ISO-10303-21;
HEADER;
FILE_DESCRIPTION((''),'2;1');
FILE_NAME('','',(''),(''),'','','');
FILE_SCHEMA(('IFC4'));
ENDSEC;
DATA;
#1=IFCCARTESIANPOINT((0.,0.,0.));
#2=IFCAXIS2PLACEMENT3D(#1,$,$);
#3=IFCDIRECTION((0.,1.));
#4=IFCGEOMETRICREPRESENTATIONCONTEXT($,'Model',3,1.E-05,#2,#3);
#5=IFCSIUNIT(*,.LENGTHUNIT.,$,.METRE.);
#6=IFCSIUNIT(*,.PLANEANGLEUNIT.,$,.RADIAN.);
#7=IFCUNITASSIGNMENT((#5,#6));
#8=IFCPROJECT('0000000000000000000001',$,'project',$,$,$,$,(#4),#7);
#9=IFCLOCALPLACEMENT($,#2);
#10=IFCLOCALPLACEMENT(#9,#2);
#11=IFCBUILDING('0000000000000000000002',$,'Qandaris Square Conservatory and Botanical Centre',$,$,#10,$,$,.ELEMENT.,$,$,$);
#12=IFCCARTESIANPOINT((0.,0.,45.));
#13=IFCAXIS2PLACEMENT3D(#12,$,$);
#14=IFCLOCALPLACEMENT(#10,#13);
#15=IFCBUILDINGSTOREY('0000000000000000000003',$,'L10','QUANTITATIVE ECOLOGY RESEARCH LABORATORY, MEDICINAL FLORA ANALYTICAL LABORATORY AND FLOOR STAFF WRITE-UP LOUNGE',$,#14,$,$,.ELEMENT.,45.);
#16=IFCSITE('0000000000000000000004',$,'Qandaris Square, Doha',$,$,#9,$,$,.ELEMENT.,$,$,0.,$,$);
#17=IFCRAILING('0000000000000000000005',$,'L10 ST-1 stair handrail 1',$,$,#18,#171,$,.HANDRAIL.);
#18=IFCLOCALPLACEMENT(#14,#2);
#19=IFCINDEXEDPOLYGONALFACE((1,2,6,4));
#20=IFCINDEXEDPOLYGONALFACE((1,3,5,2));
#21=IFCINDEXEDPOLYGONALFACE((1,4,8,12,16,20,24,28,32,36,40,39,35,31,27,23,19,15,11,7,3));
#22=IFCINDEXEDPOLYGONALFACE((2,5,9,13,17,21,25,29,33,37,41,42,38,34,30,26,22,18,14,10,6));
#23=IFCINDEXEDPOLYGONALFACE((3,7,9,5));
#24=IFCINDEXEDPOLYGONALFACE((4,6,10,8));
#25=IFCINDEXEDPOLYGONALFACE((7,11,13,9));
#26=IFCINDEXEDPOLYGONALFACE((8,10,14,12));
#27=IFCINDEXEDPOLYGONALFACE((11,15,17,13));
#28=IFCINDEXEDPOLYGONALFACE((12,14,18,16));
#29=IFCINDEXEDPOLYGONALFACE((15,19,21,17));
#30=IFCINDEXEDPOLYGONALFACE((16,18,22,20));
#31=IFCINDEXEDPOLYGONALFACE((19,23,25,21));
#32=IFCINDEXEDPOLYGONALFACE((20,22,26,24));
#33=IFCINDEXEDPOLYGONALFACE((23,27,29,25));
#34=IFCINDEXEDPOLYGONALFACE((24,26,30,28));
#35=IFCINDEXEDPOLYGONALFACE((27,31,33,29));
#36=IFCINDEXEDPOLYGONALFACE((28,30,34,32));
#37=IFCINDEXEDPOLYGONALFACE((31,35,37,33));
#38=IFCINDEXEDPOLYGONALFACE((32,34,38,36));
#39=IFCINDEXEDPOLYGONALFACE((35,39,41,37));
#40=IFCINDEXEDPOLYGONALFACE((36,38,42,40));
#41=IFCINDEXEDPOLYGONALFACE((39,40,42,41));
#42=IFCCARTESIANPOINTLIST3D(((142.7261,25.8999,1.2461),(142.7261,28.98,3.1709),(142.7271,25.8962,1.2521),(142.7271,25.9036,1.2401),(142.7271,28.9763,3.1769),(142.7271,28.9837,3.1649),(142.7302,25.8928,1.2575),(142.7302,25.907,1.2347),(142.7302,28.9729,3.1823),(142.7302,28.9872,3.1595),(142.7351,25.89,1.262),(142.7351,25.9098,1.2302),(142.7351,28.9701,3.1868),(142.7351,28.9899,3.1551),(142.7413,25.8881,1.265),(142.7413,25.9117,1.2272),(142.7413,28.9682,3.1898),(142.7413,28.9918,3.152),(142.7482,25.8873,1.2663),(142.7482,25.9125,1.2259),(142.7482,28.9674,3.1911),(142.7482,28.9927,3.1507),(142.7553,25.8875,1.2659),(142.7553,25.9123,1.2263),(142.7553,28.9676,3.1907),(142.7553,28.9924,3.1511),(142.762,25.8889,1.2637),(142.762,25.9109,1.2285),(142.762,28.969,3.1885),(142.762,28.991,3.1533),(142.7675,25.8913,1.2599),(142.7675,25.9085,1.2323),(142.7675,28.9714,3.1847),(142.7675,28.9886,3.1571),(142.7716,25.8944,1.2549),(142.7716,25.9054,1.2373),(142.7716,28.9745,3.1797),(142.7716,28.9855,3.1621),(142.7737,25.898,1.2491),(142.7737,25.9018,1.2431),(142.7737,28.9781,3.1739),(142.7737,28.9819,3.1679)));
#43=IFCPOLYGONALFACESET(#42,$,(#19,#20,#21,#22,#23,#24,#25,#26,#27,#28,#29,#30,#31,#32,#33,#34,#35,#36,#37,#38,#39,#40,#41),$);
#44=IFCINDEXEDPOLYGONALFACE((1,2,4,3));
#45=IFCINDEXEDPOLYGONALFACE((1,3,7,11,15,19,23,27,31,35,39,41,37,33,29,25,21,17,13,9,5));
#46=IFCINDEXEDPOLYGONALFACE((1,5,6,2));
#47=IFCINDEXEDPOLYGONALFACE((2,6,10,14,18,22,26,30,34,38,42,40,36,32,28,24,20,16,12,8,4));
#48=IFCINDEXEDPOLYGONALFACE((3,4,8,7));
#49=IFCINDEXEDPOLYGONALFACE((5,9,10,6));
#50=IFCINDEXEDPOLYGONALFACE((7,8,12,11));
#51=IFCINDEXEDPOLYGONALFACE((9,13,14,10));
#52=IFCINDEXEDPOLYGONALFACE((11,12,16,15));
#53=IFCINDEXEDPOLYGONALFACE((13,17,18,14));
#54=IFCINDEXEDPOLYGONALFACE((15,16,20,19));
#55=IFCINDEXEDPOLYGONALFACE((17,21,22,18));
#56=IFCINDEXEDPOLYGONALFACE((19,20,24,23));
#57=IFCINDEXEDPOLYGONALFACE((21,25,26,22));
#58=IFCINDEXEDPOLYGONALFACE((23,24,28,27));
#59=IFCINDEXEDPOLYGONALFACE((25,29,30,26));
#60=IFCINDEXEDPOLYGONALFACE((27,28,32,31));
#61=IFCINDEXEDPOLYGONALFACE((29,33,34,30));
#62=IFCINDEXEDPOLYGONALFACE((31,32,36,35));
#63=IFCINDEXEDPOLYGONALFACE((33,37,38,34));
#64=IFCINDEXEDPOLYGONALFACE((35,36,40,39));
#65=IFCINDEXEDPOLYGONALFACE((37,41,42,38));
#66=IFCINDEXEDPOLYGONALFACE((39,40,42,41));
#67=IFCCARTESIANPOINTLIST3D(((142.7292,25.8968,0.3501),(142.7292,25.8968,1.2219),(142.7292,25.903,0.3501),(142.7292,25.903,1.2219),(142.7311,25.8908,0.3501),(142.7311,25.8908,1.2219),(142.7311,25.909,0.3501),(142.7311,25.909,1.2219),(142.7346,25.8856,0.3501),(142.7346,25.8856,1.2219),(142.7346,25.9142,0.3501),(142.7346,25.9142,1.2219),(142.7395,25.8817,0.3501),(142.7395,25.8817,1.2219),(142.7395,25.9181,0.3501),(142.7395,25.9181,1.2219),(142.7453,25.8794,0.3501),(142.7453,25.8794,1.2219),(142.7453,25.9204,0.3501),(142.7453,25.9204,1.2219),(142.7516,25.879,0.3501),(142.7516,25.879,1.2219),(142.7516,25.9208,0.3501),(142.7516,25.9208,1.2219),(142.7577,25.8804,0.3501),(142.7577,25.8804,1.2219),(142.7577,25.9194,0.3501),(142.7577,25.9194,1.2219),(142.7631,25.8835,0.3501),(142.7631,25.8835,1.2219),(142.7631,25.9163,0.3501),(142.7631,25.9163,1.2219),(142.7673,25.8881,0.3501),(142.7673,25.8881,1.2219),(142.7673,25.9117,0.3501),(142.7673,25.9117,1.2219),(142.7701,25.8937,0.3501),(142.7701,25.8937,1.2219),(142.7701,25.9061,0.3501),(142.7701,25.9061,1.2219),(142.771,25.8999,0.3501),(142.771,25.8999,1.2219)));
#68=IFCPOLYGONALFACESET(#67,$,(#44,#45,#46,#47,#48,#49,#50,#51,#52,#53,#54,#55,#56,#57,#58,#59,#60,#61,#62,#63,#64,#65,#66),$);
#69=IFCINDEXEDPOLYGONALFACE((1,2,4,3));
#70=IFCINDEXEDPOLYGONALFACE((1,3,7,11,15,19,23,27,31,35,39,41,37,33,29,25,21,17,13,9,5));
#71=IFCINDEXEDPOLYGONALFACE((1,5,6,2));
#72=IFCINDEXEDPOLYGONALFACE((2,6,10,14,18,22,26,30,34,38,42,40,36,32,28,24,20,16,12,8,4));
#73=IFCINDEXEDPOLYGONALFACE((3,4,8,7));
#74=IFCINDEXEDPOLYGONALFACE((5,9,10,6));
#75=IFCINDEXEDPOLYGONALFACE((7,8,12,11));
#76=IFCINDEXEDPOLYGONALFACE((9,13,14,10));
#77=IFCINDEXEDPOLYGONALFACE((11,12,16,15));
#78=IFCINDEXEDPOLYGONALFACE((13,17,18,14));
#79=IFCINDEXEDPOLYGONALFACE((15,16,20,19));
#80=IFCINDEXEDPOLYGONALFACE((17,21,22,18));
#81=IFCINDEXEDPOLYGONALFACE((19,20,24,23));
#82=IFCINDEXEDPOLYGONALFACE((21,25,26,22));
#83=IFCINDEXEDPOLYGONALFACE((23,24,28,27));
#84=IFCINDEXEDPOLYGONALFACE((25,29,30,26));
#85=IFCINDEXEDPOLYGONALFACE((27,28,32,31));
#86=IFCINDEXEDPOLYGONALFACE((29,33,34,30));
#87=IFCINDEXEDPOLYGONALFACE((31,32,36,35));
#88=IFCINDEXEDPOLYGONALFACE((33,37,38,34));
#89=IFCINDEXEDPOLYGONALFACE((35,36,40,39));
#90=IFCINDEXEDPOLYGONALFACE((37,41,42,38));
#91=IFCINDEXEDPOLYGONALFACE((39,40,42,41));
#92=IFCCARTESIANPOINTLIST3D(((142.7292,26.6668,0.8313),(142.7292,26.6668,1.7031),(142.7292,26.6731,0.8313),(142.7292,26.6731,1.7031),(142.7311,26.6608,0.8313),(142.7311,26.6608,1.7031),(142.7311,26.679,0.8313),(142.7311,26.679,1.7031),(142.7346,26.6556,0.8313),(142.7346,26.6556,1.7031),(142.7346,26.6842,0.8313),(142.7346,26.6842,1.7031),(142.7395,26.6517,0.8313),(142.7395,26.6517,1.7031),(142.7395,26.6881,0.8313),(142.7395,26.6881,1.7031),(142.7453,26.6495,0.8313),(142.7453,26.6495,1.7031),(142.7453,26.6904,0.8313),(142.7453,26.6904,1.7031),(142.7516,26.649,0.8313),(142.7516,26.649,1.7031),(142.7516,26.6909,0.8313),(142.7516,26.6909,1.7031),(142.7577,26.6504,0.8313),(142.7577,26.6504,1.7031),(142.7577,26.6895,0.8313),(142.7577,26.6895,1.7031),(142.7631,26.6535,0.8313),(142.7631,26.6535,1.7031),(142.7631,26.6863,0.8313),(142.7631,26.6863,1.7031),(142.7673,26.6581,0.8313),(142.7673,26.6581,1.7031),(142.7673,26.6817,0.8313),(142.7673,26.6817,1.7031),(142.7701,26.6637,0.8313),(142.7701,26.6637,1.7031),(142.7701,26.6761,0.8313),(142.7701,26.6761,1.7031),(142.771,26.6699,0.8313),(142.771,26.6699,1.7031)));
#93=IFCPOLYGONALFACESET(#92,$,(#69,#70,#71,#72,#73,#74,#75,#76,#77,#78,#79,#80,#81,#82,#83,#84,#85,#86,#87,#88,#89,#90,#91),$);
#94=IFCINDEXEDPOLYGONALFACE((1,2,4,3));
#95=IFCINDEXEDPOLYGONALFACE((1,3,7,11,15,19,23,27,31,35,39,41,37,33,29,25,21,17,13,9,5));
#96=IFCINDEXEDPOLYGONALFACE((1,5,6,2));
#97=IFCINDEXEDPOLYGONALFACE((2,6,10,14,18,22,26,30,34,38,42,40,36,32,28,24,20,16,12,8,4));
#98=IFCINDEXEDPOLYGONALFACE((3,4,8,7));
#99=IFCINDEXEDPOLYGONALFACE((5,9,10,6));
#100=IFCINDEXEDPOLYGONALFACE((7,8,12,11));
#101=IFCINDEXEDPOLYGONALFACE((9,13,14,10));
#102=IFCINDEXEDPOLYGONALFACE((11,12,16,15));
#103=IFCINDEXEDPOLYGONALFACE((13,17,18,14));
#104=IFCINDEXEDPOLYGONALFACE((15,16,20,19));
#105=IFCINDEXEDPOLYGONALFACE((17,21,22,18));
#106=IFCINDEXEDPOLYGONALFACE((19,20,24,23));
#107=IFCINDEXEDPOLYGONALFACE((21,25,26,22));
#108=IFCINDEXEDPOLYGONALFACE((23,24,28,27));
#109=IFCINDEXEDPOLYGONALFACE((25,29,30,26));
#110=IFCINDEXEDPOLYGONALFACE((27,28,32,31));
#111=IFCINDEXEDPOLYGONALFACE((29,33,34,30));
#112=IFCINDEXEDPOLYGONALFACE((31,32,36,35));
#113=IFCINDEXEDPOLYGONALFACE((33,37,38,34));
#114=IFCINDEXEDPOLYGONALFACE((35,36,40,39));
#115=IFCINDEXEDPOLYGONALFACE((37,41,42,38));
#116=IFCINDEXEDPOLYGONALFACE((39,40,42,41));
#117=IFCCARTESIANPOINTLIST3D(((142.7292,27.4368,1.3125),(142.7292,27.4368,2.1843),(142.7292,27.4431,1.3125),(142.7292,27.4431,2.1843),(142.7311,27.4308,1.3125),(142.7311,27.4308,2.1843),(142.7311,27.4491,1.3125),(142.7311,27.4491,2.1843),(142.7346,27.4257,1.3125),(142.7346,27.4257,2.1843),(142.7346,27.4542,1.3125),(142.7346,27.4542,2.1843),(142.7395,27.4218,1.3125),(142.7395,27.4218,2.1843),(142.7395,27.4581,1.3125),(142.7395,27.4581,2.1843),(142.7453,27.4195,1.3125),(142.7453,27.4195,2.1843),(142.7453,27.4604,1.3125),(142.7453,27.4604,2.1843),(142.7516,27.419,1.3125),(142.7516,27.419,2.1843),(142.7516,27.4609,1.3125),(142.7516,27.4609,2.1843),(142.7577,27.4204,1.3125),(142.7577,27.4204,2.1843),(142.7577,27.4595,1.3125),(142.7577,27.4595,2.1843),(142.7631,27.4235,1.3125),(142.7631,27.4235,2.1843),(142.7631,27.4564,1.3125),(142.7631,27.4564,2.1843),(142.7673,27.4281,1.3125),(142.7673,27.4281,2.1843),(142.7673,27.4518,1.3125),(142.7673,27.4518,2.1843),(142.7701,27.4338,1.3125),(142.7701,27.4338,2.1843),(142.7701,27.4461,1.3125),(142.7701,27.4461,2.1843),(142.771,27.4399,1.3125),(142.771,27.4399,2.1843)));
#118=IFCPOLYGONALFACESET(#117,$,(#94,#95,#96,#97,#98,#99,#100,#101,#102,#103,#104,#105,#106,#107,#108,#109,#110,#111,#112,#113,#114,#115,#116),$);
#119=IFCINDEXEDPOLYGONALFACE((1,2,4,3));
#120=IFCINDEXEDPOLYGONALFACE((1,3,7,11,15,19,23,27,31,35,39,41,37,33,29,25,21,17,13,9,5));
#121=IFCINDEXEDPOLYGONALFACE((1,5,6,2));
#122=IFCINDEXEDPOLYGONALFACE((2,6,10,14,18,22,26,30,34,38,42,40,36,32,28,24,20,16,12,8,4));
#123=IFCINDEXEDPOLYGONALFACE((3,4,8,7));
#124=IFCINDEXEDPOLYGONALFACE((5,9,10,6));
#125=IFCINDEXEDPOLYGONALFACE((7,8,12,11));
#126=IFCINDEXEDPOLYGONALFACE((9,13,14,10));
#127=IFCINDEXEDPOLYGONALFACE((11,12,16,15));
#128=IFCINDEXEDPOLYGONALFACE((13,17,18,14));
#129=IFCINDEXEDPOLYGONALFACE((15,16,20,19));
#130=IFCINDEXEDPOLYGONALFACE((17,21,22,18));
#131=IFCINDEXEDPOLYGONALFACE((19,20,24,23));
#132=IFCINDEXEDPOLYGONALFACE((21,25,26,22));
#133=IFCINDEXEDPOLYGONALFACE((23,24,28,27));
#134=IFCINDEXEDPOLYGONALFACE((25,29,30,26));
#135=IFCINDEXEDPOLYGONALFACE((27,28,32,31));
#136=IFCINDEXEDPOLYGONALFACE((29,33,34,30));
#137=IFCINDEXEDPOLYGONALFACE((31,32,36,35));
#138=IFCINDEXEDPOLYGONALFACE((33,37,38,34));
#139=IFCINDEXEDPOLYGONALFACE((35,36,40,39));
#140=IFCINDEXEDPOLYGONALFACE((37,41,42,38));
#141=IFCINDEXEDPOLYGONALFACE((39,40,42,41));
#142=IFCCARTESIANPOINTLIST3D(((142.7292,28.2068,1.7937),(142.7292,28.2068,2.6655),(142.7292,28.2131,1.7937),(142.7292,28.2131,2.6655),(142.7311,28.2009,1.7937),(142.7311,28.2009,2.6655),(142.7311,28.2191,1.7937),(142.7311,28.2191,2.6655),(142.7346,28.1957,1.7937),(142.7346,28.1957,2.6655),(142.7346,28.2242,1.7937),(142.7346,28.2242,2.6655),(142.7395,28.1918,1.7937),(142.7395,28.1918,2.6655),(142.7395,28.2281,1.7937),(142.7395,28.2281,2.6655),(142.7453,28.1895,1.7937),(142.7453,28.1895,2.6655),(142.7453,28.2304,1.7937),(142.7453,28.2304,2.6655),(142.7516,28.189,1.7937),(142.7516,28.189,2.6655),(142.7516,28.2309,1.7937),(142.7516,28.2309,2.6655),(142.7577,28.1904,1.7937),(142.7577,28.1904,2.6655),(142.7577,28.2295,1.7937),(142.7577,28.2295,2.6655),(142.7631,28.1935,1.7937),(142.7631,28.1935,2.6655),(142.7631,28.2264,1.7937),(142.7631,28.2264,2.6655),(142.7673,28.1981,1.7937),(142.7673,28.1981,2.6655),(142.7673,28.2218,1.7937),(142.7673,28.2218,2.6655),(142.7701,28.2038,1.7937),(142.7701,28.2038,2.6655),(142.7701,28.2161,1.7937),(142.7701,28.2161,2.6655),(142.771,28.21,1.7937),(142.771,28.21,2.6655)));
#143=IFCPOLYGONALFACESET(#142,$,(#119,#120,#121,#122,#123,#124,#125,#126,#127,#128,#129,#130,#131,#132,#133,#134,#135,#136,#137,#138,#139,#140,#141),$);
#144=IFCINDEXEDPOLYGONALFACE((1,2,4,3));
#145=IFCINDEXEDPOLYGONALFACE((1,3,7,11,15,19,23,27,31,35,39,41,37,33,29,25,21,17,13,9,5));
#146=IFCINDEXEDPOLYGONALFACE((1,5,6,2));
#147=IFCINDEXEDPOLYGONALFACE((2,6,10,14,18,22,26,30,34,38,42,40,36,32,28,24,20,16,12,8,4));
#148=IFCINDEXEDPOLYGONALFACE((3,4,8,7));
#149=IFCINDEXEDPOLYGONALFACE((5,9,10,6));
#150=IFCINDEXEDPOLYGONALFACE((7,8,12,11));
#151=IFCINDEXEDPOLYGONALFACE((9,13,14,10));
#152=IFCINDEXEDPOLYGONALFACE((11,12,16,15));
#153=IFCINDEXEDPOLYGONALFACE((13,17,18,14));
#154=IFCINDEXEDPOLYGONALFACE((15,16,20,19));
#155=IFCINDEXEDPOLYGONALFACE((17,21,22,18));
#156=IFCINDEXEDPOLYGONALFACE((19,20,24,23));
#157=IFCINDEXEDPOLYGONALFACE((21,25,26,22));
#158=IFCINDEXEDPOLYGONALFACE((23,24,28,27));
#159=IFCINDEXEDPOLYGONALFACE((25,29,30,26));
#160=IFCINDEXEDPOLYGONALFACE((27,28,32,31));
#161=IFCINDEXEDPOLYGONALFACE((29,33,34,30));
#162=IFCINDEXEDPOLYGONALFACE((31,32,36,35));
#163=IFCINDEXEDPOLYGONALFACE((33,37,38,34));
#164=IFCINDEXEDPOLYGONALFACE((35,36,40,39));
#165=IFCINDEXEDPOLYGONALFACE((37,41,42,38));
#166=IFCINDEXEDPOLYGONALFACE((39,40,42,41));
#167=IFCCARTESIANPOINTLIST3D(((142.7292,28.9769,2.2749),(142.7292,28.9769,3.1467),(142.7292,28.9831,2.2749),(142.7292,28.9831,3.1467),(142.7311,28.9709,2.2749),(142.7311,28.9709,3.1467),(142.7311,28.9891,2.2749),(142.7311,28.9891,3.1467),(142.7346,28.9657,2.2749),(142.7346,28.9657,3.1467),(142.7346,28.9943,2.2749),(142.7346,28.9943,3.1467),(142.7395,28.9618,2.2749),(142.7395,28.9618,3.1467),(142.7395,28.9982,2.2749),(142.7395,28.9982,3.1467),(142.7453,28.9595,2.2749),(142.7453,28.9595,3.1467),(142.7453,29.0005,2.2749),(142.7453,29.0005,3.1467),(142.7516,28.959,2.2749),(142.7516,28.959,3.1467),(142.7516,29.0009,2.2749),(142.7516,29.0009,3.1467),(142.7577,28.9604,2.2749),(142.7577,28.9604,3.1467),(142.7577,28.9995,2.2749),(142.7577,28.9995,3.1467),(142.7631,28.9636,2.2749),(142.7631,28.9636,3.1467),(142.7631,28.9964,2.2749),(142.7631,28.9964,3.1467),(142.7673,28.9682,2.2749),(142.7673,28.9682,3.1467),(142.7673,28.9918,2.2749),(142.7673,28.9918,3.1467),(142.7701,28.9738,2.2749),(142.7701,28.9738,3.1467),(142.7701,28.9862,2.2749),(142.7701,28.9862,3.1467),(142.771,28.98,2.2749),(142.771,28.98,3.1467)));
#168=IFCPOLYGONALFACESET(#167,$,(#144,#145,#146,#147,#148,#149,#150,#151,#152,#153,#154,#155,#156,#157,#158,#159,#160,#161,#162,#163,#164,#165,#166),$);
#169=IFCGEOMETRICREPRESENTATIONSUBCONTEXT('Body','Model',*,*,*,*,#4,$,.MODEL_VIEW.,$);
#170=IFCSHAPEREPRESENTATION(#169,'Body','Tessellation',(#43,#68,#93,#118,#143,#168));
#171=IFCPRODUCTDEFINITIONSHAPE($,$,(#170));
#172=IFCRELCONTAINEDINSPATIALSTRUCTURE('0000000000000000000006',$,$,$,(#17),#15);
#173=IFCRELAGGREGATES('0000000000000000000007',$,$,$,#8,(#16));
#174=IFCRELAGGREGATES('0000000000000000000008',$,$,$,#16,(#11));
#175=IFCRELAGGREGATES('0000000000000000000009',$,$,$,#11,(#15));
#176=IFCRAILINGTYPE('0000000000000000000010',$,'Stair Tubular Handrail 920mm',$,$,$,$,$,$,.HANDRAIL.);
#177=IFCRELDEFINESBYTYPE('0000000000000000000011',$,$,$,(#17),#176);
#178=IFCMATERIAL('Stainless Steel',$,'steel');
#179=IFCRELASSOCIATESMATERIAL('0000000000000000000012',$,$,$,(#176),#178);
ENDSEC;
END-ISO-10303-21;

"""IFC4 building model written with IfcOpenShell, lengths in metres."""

from ifc_helpers import new_model, si_unit, direction, frame, origin, origin_2d, place, context, subcontext, project, spatial, circle, extrude, material, type_object, element, save


model = new_model("IFC4")

# Units and contexts
model_context = context("Model", 3, precision=1e-05, world=origin(), true_north=direction((0.0, 1.0)))
body_context = subcontext(model_context, "Body", "Model", "MODEL_VIEW")
ifc_project = project(units=[si_unit("LENGTHUNIT", "METRE"), si_unit("PLANEANGLEUNIT", "RADIAN")], contexts=[model_context])

# Site, building, storey
site_placement = place(None, origin())
site = spatial("IfcSite", under=ifc_project, at=site_placement, Name="Qandaris Square, Doha", CompositionType="ELEMENT", RefElevation=0.0)
building_placement = place(site_placement, origin())
building = spatial("IfcBuilding", under=site, at=building_placement, Name="Qandaris Square Conservatory and Botanical Centre", CompositionType="ELEMENT")
storey_placement = place(building_placement, frame((0.0, 0.0, 45.0)))
storey = spatial("IfcBuildingStorey", under=building, at=storey_placement, Name="L10", Description="QUANTITATIVE ECOLOGY RESEARCH LABORATORY, MEDICINAL FLORA ANALYTICAL LABORATORY AND FLOOR STAFF WRITE-UP LOUNGE", CompositionType="ELEMENT", Elevation=45.0)

# Railing
ifc_material_1 = material(Name="Stainless Steel", Category="steel")
railing_type_1 = type_object("IfcRailingType", Name="Stair Tubular Handrail 920mm", PredefinedType="HANDRAIL", material=ifc_material_1)
railing_1_placement = place(storey_placement, frame((142.75, 25.8999, 0.3501)))
element("IfcRailing", 1, at=railing_1_placement, inside=storey, type_object=railing_type_1, Name="L10 ST-1 stair handrail 1", PredefinedType="HANDRAIL", context=body_context, shape_type="SweptSolid", body=[
    extrude(circle(Radius=0.0239, at=origin_2d()), frame((0.0, 0.0, 0.896), z_axis=(0.0, 0.848029, 0.529951), x_axis=(-1.0, 0.0, 0.0)), (0.0, 0.0, 1.0), 3.6321),
    extrude(circle(Radius=0.021, at=origin_2d()), origin(), (0.0, 0.0, 1.0), 0.8718),
    extrude(circle(Radius=0.021, at=origin_2d()), frame((0.0, 0.77, 0.4812)), (0.0, 0.0, 1.0), 0.8718),
    extrude(circle(Radius=0.021, at=origin_2d()), frame((0.0, 1.54, 0.9624)), (0.0, 0.0, 1.0), 0.8718),
    extrude(circle(Radius=0.021, at=origin_2d()), frame((0.0, 2.3101, 1.4436)), (0.0, 0.0, 1.0), 0.8718),
    extrude(circle(Radius=0.021, at=origin_2d()), frame((0.0, 3.0801, 1.9248)), (0.0, 0.0, 1.0), 0.8718),
])

save(model, "model.ifc")
